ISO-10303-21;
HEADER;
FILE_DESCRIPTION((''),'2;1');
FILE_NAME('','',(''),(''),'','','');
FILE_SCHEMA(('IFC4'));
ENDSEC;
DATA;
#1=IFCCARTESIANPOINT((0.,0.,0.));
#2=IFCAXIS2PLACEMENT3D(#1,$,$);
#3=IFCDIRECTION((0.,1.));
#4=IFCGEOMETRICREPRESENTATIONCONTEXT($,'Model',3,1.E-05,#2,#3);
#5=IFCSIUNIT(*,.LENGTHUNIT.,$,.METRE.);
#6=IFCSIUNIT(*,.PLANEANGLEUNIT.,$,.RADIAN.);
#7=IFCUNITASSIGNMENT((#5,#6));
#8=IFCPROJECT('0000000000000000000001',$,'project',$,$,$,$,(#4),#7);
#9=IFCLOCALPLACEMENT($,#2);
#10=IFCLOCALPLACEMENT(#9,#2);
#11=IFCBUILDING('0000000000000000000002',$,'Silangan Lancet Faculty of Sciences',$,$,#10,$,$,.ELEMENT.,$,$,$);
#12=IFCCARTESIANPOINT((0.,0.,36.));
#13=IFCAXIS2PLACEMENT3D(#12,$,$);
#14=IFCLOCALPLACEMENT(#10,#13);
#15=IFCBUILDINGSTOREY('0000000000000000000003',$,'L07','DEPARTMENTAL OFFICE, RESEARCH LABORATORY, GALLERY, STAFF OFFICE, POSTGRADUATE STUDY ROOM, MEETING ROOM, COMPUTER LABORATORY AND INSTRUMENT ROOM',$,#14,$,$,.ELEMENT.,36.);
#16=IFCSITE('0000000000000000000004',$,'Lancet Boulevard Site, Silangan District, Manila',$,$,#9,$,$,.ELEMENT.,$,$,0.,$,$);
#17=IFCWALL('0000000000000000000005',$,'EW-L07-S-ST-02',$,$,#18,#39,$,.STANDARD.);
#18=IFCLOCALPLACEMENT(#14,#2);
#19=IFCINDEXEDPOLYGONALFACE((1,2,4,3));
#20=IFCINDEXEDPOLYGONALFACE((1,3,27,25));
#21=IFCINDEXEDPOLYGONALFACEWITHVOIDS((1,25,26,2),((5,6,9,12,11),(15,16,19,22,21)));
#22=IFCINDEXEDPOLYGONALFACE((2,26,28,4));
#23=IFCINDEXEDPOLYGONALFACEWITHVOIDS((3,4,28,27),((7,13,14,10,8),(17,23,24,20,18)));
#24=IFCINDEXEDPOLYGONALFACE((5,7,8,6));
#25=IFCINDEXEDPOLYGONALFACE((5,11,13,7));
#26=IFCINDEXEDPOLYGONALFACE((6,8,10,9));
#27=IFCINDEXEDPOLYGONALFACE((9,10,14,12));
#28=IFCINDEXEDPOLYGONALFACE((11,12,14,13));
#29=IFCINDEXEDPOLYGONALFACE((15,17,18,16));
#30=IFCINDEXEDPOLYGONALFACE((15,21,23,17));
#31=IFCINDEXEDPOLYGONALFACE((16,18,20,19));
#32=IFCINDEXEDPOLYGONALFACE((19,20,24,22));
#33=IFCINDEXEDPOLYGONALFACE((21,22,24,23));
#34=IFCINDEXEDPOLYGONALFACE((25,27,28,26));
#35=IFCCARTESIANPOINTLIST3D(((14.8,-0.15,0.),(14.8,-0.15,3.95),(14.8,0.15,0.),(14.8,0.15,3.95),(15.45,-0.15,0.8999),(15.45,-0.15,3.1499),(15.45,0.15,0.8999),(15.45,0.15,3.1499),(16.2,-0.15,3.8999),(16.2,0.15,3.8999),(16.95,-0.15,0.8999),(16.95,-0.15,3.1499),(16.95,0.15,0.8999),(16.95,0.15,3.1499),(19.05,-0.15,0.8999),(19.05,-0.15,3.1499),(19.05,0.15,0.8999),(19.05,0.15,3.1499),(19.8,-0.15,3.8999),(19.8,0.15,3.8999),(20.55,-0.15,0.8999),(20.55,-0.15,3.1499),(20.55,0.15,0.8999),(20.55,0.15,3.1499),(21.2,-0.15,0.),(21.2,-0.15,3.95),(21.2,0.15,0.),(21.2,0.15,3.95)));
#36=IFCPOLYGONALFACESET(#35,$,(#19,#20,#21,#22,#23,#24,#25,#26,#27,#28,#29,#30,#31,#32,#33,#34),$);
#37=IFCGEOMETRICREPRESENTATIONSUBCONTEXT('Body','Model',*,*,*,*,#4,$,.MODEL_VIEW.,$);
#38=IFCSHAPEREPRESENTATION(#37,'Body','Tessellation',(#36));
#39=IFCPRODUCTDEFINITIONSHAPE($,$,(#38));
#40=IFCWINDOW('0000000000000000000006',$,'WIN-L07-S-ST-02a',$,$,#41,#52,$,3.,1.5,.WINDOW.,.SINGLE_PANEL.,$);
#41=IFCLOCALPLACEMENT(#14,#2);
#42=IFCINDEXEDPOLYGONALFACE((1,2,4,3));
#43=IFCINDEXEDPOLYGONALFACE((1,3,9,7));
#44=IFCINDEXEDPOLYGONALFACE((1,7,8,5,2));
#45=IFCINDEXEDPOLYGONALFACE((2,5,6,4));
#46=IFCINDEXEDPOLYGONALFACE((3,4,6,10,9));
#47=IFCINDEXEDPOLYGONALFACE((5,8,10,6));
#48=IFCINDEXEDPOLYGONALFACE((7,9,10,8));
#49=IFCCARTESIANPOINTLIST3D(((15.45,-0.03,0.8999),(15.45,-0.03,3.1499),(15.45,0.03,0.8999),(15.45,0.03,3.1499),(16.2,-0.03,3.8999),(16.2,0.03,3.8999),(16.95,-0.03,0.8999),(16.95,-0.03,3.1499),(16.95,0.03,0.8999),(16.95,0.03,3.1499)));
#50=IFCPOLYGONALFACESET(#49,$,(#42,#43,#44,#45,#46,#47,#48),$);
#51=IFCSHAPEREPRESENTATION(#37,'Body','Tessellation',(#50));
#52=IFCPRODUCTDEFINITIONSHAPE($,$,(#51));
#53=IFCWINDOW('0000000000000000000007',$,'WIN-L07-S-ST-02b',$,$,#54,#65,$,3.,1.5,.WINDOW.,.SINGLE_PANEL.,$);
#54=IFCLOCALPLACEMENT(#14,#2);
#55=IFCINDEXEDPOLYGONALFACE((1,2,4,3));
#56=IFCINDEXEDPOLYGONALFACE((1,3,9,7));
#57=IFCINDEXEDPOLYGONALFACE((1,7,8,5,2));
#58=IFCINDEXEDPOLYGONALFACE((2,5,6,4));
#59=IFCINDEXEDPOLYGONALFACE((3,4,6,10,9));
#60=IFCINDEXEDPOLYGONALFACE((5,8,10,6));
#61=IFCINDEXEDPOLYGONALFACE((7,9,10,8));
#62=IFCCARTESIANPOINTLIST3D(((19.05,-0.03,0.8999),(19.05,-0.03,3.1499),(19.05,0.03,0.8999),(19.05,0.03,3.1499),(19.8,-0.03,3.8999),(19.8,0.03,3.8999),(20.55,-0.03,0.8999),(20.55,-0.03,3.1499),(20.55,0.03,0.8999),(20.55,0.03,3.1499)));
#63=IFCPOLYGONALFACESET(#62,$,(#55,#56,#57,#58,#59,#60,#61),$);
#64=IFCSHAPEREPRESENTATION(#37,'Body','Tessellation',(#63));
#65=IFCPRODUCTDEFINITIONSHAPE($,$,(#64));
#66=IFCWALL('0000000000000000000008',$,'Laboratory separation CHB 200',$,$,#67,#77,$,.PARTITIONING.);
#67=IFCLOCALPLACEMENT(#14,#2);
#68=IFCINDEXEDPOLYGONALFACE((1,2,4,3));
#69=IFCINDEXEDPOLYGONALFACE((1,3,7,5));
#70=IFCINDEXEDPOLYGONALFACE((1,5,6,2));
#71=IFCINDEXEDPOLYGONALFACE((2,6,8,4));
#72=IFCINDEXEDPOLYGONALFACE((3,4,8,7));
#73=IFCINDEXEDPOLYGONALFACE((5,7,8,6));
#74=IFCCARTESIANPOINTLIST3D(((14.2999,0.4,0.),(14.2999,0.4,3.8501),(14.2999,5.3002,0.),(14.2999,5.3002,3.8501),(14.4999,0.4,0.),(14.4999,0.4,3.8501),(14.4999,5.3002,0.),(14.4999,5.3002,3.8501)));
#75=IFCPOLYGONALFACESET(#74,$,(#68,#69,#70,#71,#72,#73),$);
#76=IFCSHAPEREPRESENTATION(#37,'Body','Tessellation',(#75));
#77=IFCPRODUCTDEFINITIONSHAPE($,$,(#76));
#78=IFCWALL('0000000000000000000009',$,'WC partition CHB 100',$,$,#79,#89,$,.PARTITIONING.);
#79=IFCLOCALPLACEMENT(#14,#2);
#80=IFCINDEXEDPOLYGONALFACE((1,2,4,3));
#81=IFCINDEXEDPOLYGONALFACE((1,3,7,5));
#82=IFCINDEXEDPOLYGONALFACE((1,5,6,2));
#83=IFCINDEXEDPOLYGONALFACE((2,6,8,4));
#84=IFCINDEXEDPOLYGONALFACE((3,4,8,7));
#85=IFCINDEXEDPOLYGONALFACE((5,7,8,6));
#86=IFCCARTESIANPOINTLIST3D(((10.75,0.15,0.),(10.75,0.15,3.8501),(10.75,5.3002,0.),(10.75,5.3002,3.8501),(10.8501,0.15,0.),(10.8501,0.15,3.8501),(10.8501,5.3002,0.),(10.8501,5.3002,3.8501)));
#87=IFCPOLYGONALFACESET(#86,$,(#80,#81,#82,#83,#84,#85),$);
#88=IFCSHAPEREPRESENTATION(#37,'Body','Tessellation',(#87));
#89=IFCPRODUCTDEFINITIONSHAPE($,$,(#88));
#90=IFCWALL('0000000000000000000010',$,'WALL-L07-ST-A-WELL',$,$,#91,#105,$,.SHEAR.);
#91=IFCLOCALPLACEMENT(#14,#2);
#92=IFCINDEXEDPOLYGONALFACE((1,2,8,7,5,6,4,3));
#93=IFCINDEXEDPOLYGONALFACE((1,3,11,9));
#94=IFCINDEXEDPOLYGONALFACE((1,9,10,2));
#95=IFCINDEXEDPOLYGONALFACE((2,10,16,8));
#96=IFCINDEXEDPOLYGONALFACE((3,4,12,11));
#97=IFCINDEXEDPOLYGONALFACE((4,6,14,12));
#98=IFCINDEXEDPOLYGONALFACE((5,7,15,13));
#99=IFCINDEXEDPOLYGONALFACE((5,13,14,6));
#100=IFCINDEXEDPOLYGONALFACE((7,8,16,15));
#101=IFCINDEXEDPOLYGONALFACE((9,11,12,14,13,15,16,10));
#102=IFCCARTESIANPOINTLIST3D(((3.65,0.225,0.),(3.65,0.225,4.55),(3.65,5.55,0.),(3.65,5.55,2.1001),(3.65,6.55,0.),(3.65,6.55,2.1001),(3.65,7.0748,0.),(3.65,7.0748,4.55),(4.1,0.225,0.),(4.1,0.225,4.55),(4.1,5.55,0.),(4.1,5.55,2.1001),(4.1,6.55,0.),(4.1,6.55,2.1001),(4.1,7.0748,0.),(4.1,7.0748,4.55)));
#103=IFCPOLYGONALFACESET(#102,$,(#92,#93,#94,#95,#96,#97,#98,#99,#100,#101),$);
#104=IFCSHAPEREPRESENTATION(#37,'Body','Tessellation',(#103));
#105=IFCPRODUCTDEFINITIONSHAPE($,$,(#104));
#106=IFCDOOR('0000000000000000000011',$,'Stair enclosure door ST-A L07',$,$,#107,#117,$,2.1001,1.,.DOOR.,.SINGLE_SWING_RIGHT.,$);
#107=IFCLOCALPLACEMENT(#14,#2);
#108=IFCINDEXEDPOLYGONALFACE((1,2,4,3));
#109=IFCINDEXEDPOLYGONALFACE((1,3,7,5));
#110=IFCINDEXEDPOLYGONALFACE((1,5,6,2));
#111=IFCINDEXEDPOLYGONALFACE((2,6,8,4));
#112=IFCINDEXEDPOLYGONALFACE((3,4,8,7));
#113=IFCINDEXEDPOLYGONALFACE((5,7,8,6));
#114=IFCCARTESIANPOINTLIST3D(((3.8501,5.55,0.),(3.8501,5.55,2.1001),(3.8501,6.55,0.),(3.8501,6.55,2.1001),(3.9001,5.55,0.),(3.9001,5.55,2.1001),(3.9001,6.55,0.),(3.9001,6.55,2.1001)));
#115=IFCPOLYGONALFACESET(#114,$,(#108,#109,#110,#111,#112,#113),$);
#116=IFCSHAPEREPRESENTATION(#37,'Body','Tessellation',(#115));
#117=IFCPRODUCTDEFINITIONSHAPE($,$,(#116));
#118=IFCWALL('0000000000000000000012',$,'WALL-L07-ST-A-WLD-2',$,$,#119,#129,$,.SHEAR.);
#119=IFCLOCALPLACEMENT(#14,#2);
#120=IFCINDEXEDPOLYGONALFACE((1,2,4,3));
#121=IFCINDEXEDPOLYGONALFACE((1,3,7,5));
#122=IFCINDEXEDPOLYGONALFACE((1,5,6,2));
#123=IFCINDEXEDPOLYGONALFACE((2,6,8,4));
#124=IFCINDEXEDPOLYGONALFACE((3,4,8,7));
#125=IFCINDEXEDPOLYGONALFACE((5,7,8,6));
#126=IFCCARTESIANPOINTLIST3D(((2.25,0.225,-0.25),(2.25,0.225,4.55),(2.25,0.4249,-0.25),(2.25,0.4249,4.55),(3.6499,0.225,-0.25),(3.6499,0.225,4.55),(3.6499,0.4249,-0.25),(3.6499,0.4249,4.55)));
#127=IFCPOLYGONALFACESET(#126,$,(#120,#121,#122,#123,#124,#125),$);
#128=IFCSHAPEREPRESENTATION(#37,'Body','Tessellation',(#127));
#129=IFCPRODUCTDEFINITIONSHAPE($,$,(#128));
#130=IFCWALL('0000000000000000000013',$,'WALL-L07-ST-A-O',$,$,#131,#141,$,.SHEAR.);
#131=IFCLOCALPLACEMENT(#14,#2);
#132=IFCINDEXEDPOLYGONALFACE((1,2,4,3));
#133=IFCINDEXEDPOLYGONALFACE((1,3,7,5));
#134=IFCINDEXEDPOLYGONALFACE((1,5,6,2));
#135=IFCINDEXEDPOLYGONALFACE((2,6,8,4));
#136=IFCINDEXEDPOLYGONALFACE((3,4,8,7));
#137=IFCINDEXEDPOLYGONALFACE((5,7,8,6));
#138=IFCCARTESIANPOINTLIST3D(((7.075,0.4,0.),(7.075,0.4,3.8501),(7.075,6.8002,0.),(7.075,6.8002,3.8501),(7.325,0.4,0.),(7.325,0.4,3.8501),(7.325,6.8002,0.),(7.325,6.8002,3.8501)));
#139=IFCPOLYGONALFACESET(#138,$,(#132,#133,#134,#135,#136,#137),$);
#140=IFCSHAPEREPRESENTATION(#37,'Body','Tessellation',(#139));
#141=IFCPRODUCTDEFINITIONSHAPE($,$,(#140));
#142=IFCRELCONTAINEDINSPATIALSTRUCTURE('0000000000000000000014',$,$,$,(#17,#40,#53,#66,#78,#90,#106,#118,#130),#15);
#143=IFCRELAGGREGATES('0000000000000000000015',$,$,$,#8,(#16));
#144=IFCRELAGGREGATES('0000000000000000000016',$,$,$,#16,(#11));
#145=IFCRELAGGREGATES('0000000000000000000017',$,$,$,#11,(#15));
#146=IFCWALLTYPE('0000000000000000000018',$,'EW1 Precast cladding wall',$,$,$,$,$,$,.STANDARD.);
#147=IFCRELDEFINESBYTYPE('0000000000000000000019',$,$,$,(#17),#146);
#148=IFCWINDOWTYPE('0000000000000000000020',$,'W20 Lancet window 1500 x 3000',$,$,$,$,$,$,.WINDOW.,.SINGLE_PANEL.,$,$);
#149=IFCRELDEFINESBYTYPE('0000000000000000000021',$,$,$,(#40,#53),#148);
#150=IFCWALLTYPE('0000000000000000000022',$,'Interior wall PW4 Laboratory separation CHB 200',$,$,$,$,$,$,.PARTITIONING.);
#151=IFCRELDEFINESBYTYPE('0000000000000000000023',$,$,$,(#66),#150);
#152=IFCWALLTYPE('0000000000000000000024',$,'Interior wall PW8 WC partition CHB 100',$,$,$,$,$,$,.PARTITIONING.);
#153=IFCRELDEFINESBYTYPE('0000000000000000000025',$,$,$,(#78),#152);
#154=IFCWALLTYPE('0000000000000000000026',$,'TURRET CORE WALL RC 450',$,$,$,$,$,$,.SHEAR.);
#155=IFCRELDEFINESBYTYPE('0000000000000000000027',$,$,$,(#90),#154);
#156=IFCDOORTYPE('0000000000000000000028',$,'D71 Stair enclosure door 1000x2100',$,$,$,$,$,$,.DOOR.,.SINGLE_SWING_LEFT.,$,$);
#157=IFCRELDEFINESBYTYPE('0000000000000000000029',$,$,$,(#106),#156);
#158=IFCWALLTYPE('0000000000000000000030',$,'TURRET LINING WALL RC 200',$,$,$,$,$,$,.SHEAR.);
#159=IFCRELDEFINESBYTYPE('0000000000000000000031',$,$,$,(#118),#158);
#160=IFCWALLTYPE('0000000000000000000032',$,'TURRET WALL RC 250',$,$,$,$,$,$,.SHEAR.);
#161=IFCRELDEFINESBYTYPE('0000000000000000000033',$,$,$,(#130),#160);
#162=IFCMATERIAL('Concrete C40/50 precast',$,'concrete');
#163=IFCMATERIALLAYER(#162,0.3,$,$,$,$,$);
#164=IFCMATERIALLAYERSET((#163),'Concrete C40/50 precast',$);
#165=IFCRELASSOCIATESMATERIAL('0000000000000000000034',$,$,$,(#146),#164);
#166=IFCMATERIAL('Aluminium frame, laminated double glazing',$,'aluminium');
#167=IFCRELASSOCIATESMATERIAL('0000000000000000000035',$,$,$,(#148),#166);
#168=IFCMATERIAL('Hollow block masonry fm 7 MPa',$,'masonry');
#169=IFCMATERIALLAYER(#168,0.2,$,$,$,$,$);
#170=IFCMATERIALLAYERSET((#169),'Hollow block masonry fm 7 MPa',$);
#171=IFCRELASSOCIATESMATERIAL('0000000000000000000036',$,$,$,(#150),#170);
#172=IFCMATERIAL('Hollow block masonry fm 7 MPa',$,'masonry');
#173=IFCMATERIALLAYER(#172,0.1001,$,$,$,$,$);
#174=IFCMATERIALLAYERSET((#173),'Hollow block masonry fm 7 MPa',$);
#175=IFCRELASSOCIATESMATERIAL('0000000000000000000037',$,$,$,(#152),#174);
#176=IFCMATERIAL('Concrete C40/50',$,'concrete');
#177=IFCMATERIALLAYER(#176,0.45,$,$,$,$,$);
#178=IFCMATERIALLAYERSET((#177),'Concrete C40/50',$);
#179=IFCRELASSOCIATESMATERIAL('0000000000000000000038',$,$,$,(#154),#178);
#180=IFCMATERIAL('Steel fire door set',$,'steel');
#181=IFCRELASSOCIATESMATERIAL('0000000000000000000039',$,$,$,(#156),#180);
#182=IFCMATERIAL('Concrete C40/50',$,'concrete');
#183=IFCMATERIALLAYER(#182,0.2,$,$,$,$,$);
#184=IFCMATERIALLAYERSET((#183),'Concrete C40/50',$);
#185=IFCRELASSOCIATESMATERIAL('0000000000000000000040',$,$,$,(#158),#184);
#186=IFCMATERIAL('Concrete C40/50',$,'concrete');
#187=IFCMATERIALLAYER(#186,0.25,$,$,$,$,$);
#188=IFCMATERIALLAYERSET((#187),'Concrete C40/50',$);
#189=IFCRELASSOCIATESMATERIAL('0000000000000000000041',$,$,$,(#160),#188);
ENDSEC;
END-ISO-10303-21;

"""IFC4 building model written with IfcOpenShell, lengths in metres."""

from ifc_helpers import new_model, si_unit, direction, frame, frame_2d, origin, place, context, subcontext, project, spatial, polyline, rectangle, outline, extrude, material, layer, layer_set, type_object, element, fill, save


model = new_model("IFC4")

# Units and contexts
model_context = context("Model", 3, precision=1e-05, world=origin(), true_north=direction((0.0, 1.0)))
body_context = subcontext(model_context, "Body", "Model", "MODEL_VIEW")
ifc_project = project(units=[si_unit("LENGTHUNIT", "METRE"), si_unit("PLANEANGLEUNIT", "RADIAN")], contexts=[model_context])

# Site, building, storey
site_placement = place(None, origin())
site = spatial("IfcSite", under=ifc_project, at=site_placement, Name="Lancet Boulevard Site, Silangan District, Manila", CompositionType="ELEMENT", RefElevation=0.0)
building_placement = place(site_placement, origin())
building = spatial("IfcBuilding", under=site, at=building_placement, Name="Silangan Lancet Faculty of Sciences", CompositionType="ELEMENT")
storey_placement = place(building_placement, frame((0.0, 0.0, 36.0)))
storey = spatial("IfcBuildingStorey", under=building, at=storey_placement, Name="L07", Description="DEPARTMENTAL OFFICE, RESEARCH LABORATORY, GALLERY, STAFF OFFICE, POSTGRADUATE STUDY ROOM, MEETING ROOM, COMPUTER LABORATORY AND INSTRUMENT ROOM", CompositionType="ELEMENT", Elevation=36.0)

# Wall, openings, windows
ifc_material_1 = material(Name="Concrete C40/50 precast", Category="concrete")
ifc_layer_1 = layer(ifc_material_1, 0.3)
ifc_layer_set_1 = layer_set([ifc_layer_1], Name="Concrete C40/50 precast")
wall_type_1 = type_object("IfcWallType", Name="EW1 Precast cladding wall", PredefinedType="STANDARD", material=ifc_layer_set_1)
ifc_material_2 = material(Name="Aluminium frame, laminated double glazing", Category="aluminium")
window_type = type_object("IfcWindowType", Name="W20 Lancet window 1500 x 3000", PartitioningType="SINGLE_PANEL", PredefinedType="WINDOW", material=ifc_material_2)
wall_1_placement = place(storey_placement, frame((14.8, 0.0, 0.0), z_axis=(0.0, 0.0, 1.0), x_axis=(1.0, 0.0, 0.0)))
wall_1 = element("IfcWall", 1, at=wall_1_placement, inside=storey, type_object=wall_type_1, Name="EW-L07-S-ST-02", PredefinedType="STANDARD", context=body_context, shape_type="SweptSolid", body=[
    extrude(rectangle(XDim=6.3999, YDim=0.3, at=frame_2d((3.2, 0.0))), origin(), (0.0, 0.0, 1.0), 3.95),
])
opening_1_placement = place(wall_1_placement, frame((0.6499, 0.0, 0.8999)))
opening_1 = element("IfcOpeningElement", 2, at=opening_1_placement, cuts=wall_1, PredefinedType="OPENING", context=body_context, shape_type="SweptSolid", body=[
    extrude(outline(polyline([(0.0, 0.0), (1.5, 0.0), (1.5, 2.25), (0.75, 3.0), (0.0, 2.25), (0.0, 0.0)])), frame((0.0, 0.1599, 0.0), z_axis=(0.0, -1.0, 0.0), x_axis=(1.0, 0.0, 0.0)), (0.0, 0.0, 1.0), 0.3201),
])
opening_2_placement = place(wall_1_placement, frame((4.25, 0.0, 0.8999)))
opening_2 = element("IfcOpeningElement", 3, at=opening_2_placement, cuts=wall_1, PredefinedType="OPENING", context=body_context, shape_type="SweptSolid", body=[
    extrude(outline(polyline([(0.0, 0.0), (1.5, 0.0), (1.5, 2.25), (0.75, 3.0), (0.0, 2.25), (0.0, 0.0)])), frame((0.0, 0.1599, 0.0), z_axis=(0.0, -1.0, 0.0), x_axis=(1.0, 0.0, 0.0)), (0.0, 0.0, 1.0), 0.3201),
])
window_1_placement = place(opening_1_placement, origin())
window_1 = element("IfcWindow", 4, at=window_1_placement, inside=storey, type_object=window_type, Name="WIN-L07-S-ST-02a", OverallHeight=3.0, OverallWidth=1.5, PartitioningType="SINGLE_PANEL", PredefinedType="WINDOW", context=body_context, shape_type="SweptSolid", body=[
    extrude(outline(polyline([(0.0, 0.0), (1.5, 0.0), (1.5, 2.25), (0.75, 3.0), (0.0, 2.25), (0.0, 0.0)])), frame((0.0, 0.03, 0.0), z_axis=(0.0, -1.0, 0.0), x_axis=(1.0, 0.0, 0.0)), (0.0, 0.0, 1.0), 0.0601),
])
fill(opening_1, window_1)
window_2_placement = place(opening_2_placement, origin())
window_2 = element("IfcWindow", 5, at=window_2_placement, inside=storey, type_object=window_type, Name="WIN-L07-S-ST-02b", OverallHeight=3.0, OverallWidth=1.5, PartitioningType="SINGLE_PANEL", PredefinedType="WINDOW", context=body_context, shape_type="SweptSolid", body=[
    extrude(outline(polyline([(0.0, 0.0), (1.5, 0.0), (1.5, 2.25), (0.75, 3.0), (0.0, 2.25), (0.0, 0.0)])), frame((0.0, 0.03, 0.0), z_axis=(0.0, -1.0, 0.0), x_axis=(1.0, 0.0, 0.0)), (0.0, 0.0, 1.0), 0.0601),
])
fill(opening_2, window_2)

# Walls
ifc_material_3 = material(Name="Hollow block masonry fm 7 MPa", Category="masonry")
ifc_layer_2 = layer(ifc_material_3, 0.2)
ifc_layer_set_2 = layer_set([ifc_layer_2], Name="Hollow block masonry fm 7 MPa")
wall_type_2 = type_object("IfcWallType", Name="Interior wall PW4 Laboratory separation CHB 200", PredefinedType="PARTITIONING", material=ifc_layer_set_2)
wall_2_placement = place(storey_placement, frame((14.3999, 0.3999, 0.0), z_axis=(0.0, 0.0, 1.0), x_axis=(0.0, 1.0, 0.0)))
element("IfcWall", 6, at=wall_2_placement, inside=storey, type_object=wall_type_2, Name="Laboratory separation CHB 200", PredefinedType="PARTITIONING", context=body_context, shape_type="SweptSolid", body=[
    extrude(rectangle(XDim=4.9001, YDim=0.2, at=frame_2d((2.4502, 0.0))), origin(), (0.0, 0.0, 1.0), 3.8501),
])
ifc_material_4 = material(Name="Hollow block masonry fm 7 MPa", Category="masonry")
ifc_layer_3 = layer(ifc_material_4, 0.1001)
ifc_layer_set_3 = layer_set([ifc_layer_3], Name="Hollow block masonry fm 7 MPa")
wall_type_3 = type_object("IfcWallType", Name="Interior wall PW8 WC partition CHB 100", PredefinedType="PARTITIONING", material=ifc_layer_set_3)
wall_3_placement = place(storey_placement, frame((10.8, 0.1499, 0.0), z_axis=(0.0, 0.0, 1.0), x_axis=(0.0, 1.0, 0.0)))
element("IfcWall", 7, at=wall_3_placement, inside=storey, type_object=wall_type_3, Name="WC partition CHB 100", PredefinedType="PARTITIONING", context=body_context, shape_type="SweptSolid", body=[
    extrude(rectangle(XDim=5.1501, YDim=0.1001, at=frame_2d((2.5752, 0.0))), origin(), (0.0, 0.0, 1.0), 3.8501),
])

# Wall, opening, door
ifc_material_5 = material(Name="Concrete C40/50", Category="concrete")
ifc_layer_4 = layer(ifc_material_5, 0.45)
ifc_layer_set_4 = layer_set([ifc_layer_4], Name="Concrete C40/50")
wall_type_4 = type_object("IfcWallType", Name="TURRET CORE WALL RC 450", PredefinedType="SHEAR", material=ifc_layer_set_4)
wall_4_placement = place(storey_placement, frame((3.875, 0.2251, 0.0), z_axis=(0.0, 0.0, 1.0), x_axis=(0.0, 1.0, 0.0)))
wall_4 = element("IfcWall", 8, at=wall_4_placement, inside=storey, type_object=wall_type_4, Name="WALL-L07-ST-A-WELL", PredefinedType="SHEAR", context=body_context, shape_type="SweptSolid", body=[
    extrude(rectangle(XDim=6.8499, YDim=0.45, at=frame_2d((3.4248, 0.0))), origin(), (0.0, 0.0, 1.0), 4.55),
])
opening_3_placement = place(wall_4_placement, frame((5.325, 0.0, 0.0)))
opening_3 = element("IfcOpeningElement", 9, at=opening_3_placement, cuts=wall_4, PredefinedType="OPENING", context=body_context, shape_type="SweptSolid", body=[
    extrude(rectangle(XDim=1.0, YDim=2.1001, at=frame_2d((0.5, 1.05))), frame((0.0, 0.2349, 0.0), z_axis=(0.0, -1.0, 0.0), x_axis=(1.0, 0.0, 0.0)), (0.0, 0.0, 1.0), 0.47),
])
ifc_material_6 = material(Name="Steel fire door set", Category="steel")
door_type_1 = type_object("IfcDoorType", Name="D71 Stair enclosure door 1000x2100", OperationType="SINGLE_SWING_LEFT", PredefinedType="DOOR", material=ifc_material_6)
door_1_placement = place(opening_3_placement, origin())
door_1 = element("IfcDoor", 10, at=door_1_placement, inside=storey, type_object=door_type_1, Name="Stair enclosure door ST-A L07", OperationType="SINGLE_SWING_RIGHT", OverallHeight=2.1001, OverallWidth=1.0, PredefinedType="DOOR", context=body_context, shape_type="SweptSolid", body=[
    extrude(rectangle(XDim=1.0, YDim=2.1001, at=frame_2d((0.5, 1.05))), frame((0.0, 0.0249, 0.0), z_axis=(0.0, -1.0, 0.0), x_axis=(1.0, 0.0, 0.0)), (0.0, 0.0, 1.0), 0.05),
])
fill(opening_3, door_1)

# Walls
ifc_material_7 = material(Name="Concrete C40/50", Category="concrete")
ifc_layer_5 = layer(ifc_material_7, 0.2)
ifc_layer_set_5 = layer_set([ifc_layer_5], Name="Concrete C40/50")
wall_type_5 = type_object("IfcWallType", Name="TURRET LINING WALL RC 200", PredefinedType="SHEAR", material=ifc_layer_set_5)
wall_5_placement = place(storey_placement, frame((2.25, 0.325, -0.25), z_axis=(0.0, 0.0, 1.0), x_axis=(1.0, 0.0, 0.0)))
element("IfcWall", 11, at=wall_5_placement, inside=storey, type_object=wall_type_5, Name="WALL-L07-ST-A-WLD-2", PredefinedType="SHEAR", context=body_context, shape_type="SweptSolid", body=[
    extrude(rectangle(XDim=1.3999, YDim=0.2, at=frame_2d((0.7, 0.0))), origin(), (0.0, 0.0, 1.0), 4.8),
])
ifc_material_8 = material(Name="Concrete C40/50", Category="concrete")
ifc_layer_6 = layer(ifc_material_8, 0.25)
ifc_layer_set_6 = layer_set([ifc_layer_6], Name="Concrete C40/50")
wall_type_6 = type_object("IfcWallType", Name="TURRET WALL RC 250", PredefinedType="SHEAR", material=ifc_layer_set_6)
wall_6_placement = place(storey_placement, frame((7.2, 0.3999, 0.0), z_axis=(0.0, 0.0, 1.0), x_axis=(0.0, 1.0, 0.0)))
element("IfcWall", 12, at=wall_6_placement, inside=storey, type_object=wall_type_6, Name="WALL-L07-ST-A-O", PredefinedType="SHEAR", context=body_context, shape_type="SweptSolid", body=[
    extrude(rectangle(XDim=6.4001, YDim=0.25, at=frame_2d((3.2002, 0.0))), origin(), (0.0, 0.0, 1.0), 3.8501),
])

save(model, "model.ifc")
